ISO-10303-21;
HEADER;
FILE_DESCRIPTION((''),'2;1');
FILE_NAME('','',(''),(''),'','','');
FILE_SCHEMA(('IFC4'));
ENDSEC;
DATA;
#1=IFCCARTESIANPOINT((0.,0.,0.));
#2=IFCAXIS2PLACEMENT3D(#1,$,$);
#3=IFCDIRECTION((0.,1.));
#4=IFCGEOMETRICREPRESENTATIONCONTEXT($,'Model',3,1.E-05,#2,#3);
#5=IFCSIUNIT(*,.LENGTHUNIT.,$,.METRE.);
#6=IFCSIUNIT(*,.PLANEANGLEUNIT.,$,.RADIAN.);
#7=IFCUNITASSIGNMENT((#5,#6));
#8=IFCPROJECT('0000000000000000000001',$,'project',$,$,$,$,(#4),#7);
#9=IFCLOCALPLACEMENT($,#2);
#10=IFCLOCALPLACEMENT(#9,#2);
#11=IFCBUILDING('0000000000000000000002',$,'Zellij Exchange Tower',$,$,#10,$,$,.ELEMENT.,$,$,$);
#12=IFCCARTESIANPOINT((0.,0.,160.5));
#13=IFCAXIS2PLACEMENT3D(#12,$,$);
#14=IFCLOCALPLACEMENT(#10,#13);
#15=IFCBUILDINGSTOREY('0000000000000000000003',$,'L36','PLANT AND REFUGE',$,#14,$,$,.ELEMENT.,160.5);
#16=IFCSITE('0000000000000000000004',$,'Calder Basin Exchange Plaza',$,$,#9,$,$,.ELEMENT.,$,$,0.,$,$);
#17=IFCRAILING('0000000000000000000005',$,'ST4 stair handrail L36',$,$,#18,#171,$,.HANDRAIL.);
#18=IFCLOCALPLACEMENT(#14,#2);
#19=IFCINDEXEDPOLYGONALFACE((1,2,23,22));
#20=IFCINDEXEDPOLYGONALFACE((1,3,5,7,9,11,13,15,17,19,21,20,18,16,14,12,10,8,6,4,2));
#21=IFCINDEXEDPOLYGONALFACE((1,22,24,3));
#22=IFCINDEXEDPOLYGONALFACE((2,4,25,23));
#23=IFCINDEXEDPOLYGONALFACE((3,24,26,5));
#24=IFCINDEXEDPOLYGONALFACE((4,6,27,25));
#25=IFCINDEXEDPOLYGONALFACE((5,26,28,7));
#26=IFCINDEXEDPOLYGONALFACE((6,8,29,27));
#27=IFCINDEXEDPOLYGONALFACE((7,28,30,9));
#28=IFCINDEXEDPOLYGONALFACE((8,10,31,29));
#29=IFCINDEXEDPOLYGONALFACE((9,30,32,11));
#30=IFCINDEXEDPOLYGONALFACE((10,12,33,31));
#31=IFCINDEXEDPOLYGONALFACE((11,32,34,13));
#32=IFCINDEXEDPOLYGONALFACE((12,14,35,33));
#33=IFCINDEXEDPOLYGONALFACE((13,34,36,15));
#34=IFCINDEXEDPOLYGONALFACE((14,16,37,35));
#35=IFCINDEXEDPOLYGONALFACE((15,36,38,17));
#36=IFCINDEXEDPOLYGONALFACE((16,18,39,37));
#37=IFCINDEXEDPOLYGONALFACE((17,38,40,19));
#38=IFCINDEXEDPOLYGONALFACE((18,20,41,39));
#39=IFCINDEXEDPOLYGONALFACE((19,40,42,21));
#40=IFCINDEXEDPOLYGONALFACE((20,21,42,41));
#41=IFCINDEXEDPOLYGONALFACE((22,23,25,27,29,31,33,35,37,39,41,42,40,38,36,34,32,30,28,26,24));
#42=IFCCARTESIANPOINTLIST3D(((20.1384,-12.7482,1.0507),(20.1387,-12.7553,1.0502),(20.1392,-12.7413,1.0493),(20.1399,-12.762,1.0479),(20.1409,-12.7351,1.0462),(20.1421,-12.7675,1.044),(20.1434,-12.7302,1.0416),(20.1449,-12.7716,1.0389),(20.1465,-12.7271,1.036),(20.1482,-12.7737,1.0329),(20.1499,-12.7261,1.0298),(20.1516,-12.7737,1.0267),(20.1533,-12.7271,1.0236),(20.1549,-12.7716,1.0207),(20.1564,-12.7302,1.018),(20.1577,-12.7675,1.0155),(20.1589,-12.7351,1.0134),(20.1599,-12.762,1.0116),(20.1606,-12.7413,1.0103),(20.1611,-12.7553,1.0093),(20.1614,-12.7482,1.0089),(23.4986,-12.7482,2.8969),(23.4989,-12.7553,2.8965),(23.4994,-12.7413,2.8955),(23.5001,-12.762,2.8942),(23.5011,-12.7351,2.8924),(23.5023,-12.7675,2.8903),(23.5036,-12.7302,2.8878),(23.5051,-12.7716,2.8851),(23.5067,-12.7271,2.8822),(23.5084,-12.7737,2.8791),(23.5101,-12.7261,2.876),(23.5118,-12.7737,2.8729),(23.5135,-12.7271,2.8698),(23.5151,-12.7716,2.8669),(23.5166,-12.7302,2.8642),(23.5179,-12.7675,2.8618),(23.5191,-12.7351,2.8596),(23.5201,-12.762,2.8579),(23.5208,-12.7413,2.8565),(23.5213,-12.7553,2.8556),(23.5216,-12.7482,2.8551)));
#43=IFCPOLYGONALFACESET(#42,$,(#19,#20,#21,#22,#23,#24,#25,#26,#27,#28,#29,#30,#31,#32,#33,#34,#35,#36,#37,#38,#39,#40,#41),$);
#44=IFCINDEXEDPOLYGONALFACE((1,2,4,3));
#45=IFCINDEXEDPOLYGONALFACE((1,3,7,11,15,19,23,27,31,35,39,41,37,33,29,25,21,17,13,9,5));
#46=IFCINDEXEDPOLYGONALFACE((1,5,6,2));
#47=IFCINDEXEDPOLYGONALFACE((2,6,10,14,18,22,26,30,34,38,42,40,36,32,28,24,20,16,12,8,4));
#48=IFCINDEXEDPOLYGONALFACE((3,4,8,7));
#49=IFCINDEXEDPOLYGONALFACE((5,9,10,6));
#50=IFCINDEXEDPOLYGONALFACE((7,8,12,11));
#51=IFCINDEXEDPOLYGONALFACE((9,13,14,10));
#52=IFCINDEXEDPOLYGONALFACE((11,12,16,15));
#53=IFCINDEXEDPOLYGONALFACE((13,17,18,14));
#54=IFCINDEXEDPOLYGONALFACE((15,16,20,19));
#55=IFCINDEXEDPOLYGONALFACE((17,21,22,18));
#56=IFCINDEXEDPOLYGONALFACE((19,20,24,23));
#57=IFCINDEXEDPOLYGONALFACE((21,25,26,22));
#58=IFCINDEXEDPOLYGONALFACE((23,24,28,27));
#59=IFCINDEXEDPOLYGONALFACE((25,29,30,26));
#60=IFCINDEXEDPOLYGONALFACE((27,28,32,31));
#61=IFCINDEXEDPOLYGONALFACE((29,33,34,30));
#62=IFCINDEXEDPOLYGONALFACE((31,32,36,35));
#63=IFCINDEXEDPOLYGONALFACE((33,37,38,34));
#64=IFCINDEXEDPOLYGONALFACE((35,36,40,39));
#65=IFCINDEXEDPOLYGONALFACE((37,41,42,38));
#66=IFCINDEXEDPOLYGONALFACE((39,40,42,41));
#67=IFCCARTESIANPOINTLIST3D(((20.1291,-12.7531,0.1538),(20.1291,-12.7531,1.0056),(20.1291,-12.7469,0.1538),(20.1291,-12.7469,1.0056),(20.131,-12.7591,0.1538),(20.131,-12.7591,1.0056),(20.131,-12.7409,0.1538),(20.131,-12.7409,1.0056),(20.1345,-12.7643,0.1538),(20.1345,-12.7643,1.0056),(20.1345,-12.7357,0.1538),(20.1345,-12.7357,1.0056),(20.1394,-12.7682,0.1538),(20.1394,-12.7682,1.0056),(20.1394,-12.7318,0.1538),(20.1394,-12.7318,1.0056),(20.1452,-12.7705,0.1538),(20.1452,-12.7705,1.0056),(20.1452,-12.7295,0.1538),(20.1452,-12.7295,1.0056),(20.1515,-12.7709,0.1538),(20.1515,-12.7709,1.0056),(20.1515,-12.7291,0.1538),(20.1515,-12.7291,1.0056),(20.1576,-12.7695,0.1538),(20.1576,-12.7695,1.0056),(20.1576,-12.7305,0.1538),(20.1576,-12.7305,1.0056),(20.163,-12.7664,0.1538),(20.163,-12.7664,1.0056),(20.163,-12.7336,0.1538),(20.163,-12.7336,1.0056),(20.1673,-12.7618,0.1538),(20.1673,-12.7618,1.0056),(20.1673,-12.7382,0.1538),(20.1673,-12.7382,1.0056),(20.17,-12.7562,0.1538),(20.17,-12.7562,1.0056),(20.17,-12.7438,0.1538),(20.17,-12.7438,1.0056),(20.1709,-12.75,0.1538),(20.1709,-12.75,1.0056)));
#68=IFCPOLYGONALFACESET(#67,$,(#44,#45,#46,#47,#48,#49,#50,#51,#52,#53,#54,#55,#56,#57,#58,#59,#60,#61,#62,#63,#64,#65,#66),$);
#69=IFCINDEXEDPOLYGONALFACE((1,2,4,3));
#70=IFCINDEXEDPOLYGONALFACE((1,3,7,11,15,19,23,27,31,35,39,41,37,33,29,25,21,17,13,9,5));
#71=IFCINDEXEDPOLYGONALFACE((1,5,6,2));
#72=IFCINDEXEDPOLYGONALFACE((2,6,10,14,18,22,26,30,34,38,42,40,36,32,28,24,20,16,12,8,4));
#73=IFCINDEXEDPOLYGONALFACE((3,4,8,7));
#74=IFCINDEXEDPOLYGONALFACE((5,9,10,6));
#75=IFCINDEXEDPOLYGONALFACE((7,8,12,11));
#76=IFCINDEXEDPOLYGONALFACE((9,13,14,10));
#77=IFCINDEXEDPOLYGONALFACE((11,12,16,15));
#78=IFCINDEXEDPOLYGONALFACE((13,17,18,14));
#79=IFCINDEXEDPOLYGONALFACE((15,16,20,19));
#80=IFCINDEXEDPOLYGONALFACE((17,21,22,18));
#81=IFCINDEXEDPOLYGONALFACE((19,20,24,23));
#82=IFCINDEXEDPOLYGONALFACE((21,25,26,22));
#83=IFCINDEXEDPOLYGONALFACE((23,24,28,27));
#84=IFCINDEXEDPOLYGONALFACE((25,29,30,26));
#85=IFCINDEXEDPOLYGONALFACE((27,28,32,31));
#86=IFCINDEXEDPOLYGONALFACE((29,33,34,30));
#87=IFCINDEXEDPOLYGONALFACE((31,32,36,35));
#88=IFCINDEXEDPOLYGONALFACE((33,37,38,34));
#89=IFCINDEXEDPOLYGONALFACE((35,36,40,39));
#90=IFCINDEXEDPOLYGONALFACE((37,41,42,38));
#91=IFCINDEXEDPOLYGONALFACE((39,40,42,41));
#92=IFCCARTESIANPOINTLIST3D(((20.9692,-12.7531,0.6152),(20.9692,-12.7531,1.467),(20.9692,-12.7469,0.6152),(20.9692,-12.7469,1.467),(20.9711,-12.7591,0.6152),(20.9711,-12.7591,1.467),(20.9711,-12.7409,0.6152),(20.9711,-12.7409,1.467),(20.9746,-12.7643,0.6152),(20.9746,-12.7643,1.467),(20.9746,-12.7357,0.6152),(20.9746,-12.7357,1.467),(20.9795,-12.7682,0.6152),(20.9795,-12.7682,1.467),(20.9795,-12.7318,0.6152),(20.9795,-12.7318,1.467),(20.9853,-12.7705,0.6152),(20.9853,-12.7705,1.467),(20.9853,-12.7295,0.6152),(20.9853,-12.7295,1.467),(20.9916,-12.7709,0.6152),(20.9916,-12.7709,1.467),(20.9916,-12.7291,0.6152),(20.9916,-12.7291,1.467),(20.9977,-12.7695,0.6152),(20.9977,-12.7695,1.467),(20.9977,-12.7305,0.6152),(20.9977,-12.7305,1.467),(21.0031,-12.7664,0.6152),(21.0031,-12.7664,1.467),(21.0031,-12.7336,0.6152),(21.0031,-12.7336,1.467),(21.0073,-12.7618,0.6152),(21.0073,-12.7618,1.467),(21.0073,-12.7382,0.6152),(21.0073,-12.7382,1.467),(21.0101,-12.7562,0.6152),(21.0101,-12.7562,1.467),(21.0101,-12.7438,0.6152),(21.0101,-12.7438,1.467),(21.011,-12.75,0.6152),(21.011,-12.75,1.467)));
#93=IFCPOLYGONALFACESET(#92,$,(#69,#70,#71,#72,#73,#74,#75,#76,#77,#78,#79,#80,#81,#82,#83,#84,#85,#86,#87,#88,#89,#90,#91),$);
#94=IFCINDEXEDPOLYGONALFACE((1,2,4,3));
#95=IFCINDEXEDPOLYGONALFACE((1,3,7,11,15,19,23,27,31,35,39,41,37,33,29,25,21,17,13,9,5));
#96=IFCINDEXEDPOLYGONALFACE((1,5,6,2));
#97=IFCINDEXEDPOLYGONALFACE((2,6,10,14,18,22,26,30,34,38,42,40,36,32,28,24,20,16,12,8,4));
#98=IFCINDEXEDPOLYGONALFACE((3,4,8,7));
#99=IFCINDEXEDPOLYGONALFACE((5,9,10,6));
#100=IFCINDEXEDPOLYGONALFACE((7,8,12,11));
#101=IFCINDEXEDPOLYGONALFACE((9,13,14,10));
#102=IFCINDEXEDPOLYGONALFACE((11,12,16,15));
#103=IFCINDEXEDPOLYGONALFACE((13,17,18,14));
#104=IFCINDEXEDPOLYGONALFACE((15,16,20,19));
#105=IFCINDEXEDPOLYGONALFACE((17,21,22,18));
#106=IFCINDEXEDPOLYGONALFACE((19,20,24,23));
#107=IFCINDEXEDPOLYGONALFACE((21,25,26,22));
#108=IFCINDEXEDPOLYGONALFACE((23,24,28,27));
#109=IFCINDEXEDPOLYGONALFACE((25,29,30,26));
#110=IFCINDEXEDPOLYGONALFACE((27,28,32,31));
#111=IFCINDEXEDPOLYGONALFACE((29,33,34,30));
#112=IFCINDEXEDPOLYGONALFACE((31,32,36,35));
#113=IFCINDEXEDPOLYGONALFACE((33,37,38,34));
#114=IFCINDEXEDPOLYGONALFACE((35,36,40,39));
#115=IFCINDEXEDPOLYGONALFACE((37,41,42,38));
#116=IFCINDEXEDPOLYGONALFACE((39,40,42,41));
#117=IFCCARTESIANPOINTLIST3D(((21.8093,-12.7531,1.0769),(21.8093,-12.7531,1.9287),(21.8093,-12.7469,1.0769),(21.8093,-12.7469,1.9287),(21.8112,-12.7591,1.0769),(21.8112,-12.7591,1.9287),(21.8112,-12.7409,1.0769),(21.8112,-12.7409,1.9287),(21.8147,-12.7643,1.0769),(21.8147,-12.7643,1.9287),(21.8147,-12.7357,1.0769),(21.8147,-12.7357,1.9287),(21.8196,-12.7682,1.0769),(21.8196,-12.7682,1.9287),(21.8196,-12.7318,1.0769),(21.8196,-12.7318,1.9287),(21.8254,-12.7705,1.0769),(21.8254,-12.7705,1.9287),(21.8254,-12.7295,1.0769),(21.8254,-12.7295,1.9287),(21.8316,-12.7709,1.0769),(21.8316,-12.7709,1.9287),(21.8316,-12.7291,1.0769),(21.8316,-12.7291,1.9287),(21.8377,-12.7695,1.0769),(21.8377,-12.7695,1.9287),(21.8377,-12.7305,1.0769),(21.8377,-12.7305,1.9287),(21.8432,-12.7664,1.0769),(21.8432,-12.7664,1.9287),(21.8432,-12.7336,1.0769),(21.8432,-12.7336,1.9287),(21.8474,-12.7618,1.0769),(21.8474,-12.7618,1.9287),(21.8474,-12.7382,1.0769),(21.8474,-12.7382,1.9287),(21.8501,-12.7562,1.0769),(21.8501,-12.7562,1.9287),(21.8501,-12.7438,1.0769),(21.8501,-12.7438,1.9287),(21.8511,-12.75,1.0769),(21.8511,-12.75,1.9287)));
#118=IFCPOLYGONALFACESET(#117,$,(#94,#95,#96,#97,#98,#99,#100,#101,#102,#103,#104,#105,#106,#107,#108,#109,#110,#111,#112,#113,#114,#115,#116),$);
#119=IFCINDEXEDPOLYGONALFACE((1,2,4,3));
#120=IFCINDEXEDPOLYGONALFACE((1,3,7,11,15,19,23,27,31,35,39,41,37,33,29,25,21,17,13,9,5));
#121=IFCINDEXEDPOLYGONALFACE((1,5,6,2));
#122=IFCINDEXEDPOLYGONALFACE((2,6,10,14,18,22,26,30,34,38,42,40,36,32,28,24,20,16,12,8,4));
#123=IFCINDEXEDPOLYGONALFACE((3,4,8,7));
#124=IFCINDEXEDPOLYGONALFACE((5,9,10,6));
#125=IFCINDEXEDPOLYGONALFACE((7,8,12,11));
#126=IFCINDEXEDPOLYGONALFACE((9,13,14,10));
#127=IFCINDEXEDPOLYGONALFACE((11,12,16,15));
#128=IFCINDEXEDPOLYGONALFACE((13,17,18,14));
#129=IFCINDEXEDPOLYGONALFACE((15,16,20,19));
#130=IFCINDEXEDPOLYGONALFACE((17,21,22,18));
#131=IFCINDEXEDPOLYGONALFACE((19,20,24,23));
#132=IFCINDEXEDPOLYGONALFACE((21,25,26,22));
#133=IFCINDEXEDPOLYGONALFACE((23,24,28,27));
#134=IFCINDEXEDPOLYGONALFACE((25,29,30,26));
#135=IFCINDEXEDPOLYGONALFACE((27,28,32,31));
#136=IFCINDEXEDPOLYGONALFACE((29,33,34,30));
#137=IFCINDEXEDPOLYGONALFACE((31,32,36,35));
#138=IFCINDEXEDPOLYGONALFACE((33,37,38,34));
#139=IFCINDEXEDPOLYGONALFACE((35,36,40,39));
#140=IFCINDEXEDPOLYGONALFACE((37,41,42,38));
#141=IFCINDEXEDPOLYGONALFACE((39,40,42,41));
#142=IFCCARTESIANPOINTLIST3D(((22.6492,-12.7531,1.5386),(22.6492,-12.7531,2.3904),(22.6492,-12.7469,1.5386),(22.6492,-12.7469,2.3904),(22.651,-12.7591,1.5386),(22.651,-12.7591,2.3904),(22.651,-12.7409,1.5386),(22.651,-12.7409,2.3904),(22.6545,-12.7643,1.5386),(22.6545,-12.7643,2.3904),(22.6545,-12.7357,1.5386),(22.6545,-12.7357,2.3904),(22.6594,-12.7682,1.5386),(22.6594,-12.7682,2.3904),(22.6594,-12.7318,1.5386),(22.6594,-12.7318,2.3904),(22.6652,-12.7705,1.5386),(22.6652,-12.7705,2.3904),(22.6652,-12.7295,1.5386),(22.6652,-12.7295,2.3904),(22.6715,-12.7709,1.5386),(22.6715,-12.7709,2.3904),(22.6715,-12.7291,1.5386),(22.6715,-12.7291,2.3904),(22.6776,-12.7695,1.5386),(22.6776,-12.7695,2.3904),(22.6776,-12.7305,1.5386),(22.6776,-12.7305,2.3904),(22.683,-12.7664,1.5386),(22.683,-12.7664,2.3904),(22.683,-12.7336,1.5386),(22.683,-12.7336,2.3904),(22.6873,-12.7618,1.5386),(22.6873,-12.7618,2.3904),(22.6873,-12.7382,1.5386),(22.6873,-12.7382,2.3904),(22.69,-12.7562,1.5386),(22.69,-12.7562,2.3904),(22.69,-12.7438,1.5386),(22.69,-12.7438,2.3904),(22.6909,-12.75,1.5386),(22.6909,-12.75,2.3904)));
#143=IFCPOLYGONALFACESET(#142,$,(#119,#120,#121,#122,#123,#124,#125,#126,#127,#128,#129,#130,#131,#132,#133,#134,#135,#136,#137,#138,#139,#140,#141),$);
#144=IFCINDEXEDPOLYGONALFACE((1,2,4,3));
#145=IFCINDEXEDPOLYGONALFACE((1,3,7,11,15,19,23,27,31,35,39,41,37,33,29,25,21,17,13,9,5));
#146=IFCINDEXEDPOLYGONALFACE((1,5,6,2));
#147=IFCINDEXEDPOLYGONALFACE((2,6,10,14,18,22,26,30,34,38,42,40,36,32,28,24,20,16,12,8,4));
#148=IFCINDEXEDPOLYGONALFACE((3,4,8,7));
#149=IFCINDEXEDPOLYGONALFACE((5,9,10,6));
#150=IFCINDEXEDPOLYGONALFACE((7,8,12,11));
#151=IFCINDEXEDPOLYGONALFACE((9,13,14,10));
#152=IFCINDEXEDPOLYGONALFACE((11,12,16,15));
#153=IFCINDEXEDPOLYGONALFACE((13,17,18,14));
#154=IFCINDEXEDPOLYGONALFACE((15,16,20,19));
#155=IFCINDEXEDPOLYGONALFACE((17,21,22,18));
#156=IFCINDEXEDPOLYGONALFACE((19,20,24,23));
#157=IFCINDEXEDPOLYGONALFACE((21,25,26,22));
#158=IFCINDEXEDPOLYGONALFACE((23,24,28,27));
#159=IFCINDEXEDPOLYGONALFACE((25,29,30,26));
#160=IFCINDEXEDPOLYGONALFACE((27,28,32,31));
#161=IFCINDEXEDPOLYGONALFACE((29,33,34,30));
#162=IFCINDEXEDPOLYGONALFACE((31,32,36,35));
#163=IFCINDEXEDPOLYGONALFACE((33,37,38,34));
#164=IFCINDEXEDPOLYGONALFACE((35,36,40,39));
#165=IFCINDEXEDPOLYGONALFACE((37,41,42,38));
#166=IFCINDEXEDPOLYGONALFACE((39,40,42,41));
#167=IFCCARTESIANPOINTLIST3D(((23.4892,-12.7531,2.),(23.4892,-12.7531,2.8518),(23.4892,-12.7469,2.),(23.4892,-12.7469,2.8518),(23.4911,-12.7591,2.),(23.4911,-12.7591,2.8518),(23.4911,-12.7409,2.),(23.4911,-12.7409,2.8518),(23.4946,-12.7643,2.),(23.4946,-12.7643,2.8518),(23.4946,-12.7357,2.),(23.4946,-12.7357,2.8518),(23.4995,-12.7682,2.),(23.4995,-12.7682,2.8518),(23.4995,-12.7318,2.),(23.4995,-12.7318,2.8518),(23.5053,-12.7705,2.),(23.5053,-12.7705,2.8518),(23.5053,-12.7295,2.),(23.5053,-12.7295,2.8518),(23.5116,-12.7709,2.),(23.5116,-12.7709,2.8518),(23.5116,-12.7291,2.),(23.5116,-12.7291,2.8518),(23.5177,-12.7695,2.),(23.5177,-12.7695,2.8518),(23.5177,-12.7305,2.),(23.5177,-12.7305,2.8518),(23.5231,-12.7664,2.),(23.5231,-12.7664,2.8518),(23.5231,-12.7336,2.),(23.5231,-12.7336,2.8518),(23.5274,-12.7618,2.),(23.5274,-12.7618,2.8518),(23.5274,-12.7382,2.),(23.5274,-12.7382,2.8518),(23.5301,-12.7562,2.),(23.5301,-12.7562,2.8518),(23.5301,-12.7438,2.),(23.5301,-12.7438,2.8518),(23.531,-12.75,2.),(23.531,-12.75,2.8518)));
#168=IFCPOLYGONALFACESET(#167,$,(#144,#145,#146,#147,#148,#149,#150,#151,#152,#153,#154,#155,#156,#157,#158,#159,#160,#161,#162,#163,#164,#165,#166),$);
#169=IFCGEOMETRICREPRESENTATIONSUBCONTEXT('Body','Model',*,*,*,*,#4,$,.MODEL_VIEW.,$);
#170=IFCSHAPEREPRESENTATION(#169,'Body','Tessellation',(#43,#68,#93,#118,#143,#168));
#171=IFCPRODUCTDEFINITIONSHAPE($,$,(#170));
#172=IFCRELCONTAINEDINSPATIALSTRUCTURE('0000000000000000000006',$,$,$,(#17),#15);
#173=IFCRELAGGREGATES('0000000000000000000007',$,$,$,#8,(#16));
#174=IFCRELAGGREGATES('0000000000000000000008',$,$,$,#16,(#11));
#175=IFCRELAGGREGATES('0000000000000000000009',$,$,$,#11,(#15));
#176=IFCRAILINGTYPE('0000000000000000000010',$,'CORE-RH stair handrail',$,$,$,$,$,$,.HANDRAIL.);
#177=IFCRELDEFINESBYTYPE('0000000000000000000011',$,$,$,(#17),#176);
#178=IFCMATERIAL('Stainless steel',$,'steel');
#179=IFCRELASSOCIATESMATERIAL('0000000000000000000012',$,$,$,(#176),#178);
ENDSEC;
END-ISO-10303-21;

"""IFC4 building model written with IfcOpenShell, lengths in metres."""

from ifc_helpers import new_model, si_unit, direction, frame, origin, origin_2d, place, context, subcontext, project, spatial, circle, extrude, material, type_object, element, save


model = new_model("IFC4")

# Units and contexts
model_context = context("Model", 3, precision=1e-05, world=origin(), true_north=direction((0.0, 1.0)))
body_context = subcontext(model_context, "Body", "Model", "MODEL_VIEW")
ifc_project = project(units=[si_unit("LENGTHUNIT", "METRE"), si_unit("PLANEANGLEUNIT", "RADIAN")], contexts=[model_context])

# Site, building, storey
site_placement = place(None, origin())
site = spatial("IfcSite", under=ifc_project, at=site_placement, Name="Calder Basin Exchange Plaza", CompositionType="ELEMENT", RefElevation=0.0)
building_placement = place(site_placement, origin())
building = spatial("IfcBuilding", under=site, at=building_placement, Name="Zellij Exchange Tower", CompositionType="ELEMENT")
storey_placement = place(building_placement, frame((0.0, 0.0, 160.5)))
storey = spatial("IfcBuildingStorey", under=building, at=storey_placement, Name="L36", Description="PLANT AND REFUGE", CompositionType="ELEMENT", Elevation=160.5)

# Railing
ifc_material_1 = material(Name="Stainless steel", Category="steel")
railing_type_1 = type_object("IfcRailingType", Name="CORE-RH stair handrail", PredefinedType="HANDRAIL", material=ifc_material_1)
railing_1_placement = place(storey_placement, frame((20.1499, -12.75, 0.1538)))
element("IfcRailing", 1, at=railing_1_placement, inside=storey, type_object=railing_type_1, Name="ST4 stair handrail L36", PredefinedType="HANDRAIL", context=body_context, shape_type="SweptSolid", body=[
    extrude(circle(Radius=0.0239, at=origin_2d()), frame((0.0, 0.0, 0.876), z_axis=(0.876422, 0.0, 0.481545), x_axis=(0.0, 1.0, 0.0)), (0.0, 0.0, 1.0), 3.834),
    extrude(circle(Radius=0.021, at=origin_2d()), origin(), (0.0, 0.0, 1.0), 0.8518),
    extrude(circle(Radius=0.021, at=origin_2d()), frame((0.8401, 0.0, 0.4614)), (0.0, 0.0, 1.0), 0.8518),
    extrude(circle(Radius=0.021, at=origin_2d()), frame((1.6802, 0.0, 0.9231)), (0.0, 0.0, 1.0), 0.8518),
    extrude(circle(Radius=0.021, at=origin_2d()), frame((2.52, 0.0, 1.3848)), (0.0, 0.0, 1.0), 0.8518),
    extrude(circle(Radius=0.021, at=origin_2d()), frame((3.3601, 0.0, 1.8462)), (0.0, 0.0, 1.0), 0.8518),
])

save(model, "model.ifc")
